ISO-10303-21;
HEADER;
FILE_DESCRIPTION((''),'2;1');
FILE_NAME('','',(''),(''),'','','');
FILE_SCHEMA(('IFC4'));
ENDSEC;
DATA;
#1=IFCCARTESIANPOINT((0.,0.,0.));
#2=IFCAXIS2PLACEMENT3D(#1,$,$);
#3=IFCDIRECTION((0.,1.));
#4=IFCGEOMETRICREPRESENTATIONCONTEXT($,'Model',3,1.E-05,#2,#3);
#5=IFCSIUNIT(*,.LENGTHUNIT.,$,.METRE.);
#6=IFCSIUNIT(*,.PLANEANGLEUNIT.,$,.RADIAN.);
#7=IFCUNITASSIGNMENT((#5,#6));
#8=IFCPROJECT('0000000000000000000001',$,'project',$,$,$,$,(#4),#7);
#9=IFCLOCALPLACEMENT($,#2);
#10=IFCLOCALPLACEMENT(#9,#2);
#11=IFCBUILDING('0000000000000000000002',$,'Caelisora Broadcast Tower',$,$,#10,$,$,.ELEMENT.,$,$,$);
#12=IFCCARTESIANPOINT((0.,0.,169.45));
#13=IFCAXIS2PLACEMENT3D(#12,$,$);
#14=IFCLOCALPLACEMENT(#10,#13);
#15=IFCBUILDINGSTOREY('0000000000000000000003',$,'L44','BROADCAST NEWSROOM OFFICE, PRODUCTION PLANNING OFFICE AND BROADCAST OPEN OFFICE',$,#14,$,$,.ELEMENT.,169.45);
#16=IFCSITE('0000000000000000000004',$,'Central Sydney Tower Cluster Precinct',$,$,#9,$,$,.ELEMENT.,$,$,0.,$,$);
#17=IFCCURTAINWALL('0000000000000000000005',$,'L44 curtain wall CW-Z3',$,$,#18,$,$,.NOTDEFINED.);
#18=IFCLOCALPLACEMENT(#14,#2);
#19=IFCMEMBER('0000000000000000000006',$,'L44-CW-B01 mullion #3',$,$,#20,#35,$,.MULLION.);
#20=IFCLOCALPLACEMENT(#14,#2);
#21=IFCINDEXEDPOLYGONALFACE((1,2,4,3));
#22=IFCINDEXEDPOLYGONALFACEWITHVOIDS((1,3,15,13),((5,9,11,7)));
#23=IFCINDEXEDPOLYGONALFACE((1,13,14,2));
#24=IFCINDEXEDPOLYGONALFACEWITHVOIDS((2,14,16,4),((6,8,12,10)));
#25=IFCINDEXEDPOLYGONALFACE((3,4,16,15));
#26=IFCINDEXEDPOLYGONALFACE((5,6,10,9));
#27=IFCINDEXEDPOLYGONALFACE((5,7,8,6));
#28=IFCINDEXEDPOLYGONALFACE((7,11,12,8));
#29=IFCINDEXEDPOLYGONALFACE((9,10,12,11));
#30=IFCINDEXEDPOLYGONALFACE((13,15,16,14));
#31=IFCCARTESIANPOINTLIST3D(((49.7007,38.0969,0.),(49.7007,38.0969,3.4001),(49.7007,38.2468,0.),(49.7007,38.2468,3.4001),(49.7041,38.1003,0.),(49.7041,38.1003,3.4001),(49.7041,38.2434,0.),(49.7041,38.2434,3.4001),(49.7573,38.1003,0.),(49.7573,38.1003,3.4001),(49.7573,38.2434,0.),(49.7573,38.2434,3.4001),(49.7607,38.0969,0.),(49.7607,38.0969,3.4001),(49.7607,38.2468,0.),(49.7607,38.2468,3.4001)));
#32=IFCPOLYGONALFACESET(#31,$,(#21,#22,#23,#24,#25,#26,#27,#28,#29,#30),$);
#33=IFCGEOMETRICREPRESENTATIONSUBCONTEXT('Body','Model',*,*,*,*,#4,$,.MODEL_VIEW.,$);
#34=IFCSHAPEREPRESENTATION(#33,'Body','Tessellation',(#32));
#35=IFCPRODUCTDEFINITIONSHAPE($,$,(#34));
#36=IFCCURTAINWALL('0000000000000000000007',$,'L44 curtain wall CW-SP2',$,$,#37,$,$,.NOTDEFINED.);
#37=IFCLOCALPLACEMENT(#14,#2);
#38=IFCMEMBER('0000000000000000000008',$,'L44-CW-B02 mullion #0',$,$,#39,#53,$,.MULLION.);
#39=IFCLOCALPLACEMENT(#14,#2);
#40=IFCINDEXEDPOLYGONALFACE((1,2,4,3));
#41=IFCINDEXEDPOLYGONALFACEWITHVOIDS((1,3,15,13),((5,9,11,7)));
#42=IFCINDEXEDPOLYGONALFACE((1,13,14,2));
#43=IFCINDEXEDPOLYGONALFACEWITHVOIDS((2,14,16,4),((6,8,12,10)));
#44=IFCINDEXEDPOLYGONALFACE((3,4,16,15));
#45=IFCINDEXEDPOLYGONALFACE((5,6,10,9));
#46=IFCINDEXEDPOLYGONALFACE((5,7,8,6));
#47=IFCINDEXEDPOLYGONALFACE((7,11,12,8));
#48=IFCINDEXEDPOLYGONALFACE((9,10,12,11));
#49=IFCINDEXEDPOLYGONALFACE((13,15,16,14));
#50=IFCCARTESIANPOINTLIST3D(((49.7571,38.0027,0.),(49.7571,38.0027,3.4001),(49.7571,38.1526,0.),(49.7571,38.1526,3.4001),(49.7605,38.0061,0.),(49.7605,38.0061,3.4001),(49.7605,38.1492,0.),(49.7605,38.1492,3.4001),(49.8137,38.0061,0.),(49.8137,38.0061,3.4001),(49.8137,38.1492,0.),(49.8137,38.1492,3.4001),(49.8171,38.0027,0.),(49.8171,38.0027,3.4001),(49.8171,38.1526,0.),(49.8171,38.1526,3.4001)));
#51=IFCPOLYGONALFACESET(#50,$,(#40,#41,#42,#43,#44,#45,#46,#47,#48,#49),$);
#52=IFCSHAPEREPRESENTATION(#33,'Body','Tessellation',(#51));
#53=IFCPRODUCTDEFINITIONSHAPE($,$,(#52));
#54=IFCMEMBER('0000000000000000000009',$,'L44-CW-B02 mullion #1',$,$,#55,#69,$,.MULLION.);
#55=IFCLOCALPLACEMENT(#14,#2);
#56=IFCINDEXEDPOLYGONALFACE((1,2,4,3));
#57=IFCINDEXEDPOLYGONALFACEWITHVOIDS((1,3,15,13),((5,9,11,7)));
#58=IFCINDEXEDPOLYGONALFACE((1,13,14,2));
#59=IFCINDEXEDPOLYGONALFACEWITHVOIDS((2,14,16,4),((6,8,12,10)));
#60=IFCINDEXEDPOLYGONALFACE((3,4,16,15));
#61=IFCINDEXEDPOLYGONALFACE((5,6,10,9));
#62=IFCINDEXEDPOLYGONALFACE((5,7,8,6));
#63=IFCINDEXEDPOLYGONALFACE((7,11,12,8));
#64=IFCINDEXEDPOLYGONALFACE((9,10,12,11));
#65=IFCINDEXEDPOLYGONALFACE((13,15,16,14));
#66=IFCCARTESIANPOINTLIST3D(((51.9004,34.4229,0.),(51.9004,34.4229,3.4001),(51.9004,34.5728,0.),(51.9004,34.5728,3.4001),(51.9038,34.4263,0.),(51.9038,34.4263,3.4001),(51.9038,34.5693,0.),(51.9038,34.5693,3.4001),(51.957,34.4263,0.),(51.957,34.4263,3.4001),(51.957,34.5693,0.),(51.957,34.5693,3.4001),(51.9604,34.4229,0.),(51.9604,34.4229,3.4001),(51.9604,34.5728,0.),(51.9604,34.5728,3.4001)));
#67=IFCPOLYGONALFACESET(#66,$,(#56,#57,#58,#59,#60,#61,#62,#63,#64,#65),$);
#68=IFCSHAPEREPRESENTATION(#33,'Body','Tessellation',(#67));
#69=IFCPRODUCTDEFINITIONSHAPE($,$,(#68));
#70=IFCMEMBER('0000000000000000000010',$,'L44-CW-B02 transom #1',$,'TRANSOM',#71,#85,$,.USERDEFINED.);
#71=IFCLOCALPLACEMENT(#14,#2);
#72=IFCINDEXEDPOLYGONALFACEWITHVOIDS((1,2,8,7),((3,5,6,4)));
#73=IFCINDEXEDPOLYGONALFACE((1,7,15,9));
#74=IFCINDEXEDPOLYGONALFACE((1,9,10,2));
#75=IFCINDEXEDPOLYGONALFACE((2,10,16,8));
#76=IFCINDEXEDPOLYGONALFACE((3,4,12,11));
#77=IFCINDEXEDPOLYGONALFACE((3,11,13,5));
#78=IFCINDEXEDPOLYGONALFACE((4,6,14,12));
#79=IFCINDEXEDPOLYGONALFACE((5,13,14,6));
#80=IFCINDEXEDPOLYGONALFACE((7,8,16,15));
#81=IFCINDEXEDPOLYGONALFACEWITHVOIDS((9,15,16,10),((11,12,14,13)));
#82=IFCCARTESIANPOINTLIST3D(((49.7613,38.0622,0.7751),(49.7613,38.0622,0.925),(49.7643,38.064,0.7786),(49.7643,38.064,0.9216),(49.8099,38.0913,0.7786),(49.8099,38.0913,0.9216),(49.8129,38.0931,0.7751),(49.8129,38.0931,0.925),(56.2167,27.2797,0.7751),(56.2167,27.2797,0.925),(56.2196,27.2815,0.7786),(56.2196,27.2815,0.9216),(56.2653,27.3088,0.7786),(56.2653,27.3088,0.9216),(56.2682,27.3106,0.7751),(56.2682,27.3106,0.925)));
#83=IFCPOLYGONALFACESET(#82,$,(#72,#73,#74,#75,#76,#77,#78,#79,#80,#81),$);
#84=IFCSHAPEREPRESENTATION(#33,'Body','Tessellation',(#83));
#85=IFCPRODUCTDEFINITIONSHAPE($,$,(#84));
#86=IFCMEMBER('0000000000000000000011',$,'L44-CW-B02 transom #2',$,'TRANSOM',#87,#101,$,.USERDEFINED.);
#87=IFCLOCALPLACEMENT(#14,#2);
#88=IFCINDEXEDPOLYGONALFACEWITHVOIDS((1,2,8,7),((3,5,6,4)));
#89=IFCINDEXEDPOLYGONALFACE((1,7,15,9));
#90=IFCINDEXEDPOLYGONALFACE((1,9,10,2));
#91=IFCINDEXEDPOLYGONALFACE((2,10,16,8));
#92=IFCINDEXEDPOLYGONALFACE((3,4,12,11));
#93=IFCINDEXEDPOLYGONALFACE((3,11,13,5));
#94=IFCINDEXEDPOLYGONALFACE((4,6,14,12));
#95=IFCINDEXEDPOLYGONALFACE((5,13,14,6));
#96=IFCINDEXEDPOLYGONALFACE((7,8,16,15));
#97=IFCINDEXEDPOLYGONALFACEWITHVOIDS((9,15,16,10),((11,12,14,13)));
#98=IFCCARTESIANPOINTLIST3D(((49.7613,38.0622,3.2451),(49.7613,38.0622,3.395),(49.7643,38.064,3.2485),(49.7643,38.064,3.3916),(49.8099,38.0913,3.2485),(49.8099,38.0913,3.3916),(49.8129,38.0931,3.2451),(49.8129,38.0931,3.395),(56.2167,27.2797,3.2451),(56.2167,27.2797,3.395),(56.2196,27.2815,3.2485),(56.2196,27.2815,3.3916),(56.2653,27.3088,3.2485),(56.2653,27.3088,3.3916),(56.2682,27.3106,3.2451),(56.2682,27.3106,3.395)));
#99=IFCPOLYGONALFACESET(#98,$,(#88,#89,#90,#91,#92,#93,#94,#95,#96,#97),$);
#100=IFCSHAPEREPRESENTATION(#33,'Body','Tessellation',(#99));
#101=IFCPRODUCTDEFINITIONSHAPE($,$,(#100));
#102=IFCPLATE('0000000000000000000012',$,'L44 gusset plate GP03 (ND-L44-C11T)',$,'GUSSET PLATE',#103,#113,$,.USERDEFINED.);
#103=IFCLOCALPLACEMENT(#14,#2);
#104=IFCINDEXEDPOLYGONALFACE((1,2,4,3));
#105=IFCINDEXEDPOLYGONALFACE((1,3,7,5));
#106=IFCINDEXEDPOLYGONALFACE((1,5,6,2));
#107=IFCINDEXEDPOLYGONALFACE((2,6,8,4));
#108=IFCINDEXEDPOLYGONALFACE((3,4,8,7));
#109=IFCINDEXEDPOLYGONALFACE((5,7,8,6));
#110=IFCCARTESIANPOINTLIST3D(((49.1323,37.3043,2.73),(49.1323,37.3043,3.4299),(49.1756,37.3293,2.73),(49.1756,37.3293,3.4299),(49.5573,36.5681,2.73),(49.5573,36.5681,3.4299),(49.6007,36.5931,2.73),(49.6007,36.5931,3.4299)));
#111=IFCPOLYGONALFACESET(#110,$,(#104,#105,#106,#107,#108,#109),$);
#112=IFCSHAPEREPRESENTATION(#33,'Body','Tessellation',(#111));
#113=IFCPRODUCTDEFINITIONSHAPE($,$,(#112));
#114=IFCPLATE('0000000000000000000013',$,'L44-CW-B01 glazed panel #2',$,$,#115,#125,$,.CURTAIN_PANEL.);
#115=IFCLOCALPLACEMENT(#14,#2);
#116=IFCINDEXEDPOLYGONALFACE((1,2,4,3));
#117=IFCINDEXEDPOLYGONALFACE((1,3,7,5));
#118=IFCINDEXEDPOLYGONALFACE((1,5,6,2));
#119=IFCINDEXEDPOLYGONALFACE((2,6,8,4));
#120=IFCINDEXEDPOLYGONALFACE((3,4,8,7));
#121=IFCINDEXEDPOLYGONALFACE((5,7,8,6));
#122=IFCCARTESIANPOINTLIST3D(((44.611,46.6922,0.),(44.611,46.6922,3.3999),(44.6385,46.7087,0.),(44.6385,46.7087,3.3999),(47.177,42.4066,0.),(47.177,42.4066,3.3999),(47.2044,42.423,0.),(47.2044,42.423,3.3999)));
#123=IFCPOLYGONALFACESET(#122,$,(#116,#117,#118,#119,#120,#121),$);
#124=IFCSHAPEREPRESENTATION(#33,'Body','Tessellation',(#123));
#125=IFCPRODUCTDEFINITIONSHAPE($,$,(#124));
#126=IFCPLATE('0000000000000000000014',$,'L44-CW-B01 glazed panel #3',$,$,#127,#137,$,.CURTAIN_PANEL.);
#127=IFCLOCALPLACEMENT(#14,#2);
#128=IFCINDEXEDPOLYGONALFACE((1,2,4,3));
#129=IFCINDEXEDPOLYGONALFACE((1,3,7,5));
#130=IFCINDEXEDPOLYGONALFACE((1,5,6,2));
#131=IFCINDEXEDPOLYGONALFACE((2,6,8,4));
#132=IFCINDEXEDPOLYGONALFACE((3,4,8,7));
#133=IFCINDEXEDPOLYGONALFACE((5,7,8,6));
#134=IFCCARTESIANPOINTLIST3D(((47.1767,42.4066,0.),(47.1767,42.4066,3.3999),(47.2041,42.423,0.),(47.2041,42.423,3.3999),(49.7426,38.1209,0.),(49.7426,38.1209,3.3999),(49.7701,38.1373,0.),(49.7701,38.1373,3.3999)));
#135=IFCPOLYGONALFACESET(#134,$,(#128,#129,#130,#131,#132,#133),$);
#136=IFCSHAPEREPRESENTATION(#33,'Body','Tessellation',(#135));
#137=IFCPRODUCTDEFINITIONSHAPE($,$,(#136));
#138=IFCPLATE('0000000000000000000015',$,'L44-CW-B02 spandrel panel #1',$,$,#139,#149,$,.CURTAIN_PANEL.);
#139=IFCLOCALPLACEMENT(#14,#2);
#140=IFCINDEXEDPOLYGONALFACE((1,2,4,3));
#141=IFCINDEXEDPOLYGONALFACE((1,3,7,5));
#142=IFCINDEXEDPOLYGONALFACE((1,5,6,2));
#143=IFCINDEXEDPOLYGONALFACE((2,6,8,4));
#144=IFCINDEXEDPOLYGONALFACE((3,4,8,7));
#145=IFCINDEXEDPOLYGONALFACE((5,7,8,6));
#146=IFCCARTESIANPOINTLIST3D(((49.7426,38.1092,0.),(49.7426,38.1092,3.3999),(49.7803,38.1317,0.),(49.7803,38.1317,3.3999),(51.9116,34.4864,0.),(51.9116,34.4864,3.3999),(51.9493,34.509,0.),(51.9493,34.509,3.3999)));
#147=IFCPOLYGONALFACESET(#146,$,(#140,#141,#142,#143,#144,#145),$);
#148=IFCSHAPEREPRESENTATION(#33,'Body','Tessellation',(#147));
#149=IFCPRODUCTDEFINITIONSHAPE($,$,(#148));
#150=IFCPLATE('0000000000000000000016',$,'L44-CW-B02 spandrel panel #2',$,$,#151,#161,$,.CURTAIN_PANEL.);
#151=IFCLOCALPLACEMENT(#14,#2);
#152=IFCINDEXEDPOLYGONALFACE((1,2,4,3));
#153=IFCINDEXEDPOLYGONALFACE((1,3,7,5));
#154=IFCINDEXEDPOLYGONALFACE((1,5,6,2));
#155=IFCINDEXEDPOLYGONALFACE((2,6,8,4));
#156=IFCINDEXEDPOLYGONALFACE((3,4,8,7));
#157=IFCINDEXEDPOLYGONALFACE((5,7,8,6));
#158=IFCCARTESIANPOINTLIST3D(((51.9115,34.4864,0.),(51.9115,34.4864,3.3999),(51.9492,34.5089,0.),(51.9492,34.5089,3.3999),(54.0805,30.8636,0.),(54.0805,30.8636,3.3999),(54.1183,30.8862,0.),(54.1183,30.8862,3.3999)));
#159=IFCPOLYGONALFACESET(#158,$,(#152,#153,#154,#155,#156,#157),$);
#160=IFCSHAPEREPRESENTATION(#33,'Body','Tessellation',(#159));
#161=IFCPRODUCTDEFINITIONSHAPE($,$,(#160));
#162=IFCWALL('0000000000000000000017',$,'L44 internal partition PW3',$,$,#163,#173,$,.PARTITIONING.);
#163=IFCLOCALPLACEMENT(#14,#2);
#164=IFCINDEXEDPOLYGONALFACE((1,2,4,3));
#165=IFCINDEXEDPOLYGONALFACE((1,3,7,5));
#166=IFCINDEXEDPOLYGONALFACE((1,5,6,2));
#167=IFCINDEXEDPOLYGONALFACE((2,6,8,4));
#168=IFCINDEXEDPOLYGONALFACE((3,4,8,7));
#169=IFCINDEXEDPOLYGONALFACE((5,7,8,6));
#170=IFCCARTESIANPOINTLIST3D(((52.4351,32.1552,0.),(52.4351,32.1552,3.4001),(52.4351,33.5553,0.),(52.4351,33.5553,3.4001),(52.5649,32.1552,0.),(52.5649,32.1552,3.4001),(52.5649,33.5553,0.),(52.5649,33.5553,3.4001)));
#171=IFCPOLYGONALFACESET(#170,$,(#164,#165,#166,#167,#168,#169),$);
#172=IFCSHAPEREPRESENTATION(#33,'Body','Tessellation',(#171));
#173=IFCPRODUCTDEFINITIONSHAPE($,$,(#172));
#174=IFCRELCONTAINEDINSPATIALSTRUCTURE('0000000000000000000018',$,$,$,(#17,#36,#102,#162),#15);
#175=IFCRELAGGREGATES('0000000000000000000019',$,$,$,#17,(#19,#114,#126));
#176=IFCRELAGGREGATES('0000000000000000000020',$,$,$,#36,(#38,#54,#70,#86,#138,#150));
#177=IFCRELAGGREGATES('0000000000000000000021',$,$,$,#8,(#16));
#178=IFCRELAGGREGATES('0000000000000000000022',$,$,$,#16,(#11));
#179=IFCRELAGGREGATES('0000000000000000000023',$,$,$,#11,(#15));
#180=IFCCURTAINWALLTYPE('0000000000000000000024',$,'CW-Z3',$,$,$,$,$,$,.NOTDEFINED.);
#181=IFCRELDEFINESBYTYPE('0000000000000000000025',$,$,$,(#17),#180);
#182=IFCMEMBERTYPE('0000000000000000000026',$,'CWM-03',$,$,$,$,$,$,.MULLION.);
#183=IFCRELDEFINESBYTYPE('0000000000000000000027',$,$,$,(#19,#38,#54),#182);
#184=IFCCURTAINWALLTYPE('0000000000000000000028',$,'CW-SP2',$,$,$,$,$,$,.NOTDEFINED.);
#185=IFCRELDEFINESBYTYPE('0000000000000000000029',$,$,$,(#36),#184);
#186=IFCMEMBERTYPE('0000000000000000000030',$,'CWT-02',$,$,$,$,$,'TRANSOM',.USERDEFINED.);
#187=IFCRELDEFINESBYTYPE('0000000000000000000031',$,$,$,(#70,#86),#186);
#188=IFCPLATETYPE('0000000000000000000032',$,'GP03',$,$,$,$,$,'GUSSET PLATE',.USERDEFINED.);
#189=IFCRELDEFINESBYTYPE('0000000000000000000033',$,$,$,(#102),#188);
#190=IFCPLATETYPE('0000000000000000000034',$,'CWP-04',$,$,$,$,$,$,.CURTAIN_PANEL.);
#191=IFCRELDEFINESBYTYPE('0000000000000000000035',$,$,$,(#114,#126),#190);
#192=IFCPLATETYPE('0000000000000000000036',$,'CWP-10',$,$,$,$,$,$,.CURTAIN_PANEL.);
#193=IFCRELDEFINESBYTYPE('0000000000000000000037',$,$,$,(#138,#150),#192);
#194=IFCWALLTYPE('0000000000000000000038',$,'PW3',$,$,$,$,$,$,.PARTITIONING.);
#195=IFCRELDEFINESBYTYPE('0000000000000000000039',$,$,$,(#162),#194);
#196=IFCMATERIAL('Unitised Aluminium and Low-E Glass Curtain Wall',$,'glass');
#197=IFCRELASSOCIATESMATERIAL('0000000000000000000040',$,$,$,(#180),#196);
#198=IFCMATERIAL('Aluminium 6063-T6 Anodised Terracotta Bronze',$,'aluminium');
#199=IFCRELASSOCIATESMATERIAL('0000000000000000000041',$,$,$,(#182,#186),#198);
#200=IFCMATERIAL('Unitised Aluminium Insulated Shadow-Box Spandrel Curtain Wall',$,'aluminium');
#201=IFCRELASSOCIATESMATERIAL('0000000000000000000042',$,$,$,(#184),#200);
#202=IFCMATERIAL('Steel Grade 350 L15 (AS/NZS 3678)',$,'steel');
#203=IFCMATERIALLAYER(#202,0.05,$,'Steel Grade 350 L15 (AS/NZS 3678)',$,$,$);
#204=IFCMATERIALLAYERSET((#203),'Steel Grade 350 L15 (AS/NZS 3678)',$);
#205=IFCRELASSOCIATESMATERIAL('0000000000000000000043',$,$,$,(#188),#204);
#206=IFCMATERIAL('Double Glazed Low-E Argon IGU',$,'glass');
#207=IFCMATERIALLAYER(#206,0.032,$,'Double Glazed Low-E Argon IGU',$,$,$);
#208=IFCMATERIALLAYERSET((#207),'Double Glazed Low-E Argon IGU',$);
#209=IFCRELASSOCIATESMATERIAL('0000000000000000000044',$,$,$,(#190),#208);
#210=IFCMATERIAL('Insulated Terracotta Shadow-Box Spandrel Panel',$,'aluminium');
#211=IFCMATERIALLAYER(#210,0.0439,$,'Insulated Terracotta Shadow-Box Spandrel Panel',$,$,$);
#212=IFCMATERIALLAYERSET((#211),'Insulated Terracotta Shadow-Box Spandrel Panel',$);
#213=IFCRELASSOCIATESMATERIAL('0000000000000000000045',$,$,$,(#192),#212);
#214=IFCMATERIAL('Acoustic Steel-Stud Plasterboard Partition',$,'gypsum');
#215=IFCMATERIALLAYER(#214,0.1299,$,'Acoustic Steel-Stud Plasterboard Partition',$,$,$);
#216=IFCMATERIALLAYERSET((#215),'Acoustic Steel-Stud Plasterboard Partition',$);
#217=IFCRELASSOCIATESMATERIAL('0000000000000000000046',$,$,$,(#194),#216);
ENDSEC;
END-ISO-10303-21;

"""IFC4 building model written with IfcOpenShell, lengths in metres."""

from ifc_helpers import new_model, si_unit, direction, frame, frame_2d, origin, origin_2d, place, context, subcontext, project, spatial, rectangle, hollow_rectangle, extrude, source, transform, mapped, material, layer, layer_set, material_profile, profile_set, type_object, type_shapes, element, aggregate, save


model = new_model("IFC4")

# Units and contexts
model_context = context("Model", 3, precision=1e-05, world=origin(), true_north=direction((0.0, 1.0)))
body_context = subcontext(model_context, "Body", "Model", "MODEL_VIEW")
ifc_project = project(units=[si_unit("LENGTHUNIT", "METRE"), si_unit("PLANEANGLEUNIT", "RADIAN")], contexts=[model_context])

# Site, building, storey
site_placement = place(None, origin())
site = spatial("IfcSite", under=ifc_project, at=site_placement, Name="Central Sydney Tower Cluster Precinct", CompositionType="ELEMENT", RefElevation=0.0)
building_placement = place(site_placement, origin())
building = spatial("IfcBuilding", under=site, at=building_placement, Name="Caelisora Broadcast Tower", CompositionType="ELEMENT")
storey_placement = place(building_placement, frame((0.0, 0.0, 169.45)))
storey = spatial("IfcBuildingStorey", under=building, at=storey_placement, Name="L44", Description="BROADCAST NEWSROOM OFFICE, PRODUCTION PLANNING OFFICE AND BROADCAST OPEN OFFICE", CompositionType="ELEMENT", Elevation=169.45)

# Shared definitions
ifc_material_1 = material(Name="Steel Grade 350 L15 (AS/NZS 3678)", Category="steel")

# Curtain walls, members
ifc_material_2 = material(Name="Unitised Aluminium and Low-E Glass Curtain Wall", Category="glass")
curtain_wall_type_1 = type_object("IfcCurtainWallType", Name="CW-Z3", PredefinedType="NOTDEFINED", material=ifc_material_2)
curtain_wall_1_placement = place(storey_placement, origin())
curtain_wall_1 = element("IfcCurtainWall", 1, at=curtain_wall_1_placement, inside=storey, type_object=curtain_wall_type_1, Name="L44 curtain wall CW-Z3", PredefinedType="NOTDEFINED")
ifc_material_3 = material(Name="Aluminium 6063-T6 Anodised Terracotta Bronze", Category="aluminium")
ifc_material_profile_1 = material_profile(ifc_material_3, hollow_rectangle(XDim=0.0601, YDim=0.1499, WallThickness=0.0034, at=origin_2d()), Name="Aluminium 6063-T6 Anodised Terracotta Bronze")
ifc_profile_set_1 = profile_set([ifc_material_profile_1], Name="Aluminium 6063-T6 Anodised Terracotta Bronze")
member_type_1 = type_object("IfcMemberType", Name="CWM-03", PredefinedType="MULLION", material=ifc_profile_set_1)
shared_shape_1 = source(origin(), body_context, "Body", "SweptSolid", [
    extrude(hollow_rectangle(XDim=0.0601, YDim=0.1499, WallThickness=0.0034, at=origin_2d()), origin(), (0.0, 0.0, 1.0), 3.4001),
])
type_shapes(member_type_1, [shared_shape_1])
member_1_placement = place(storey_placement, frame((49.7307, 38.1719, 0.0), z_axis=(0.0, 0.0, 1.0), x_axis=(1.0, 0.0, 0.0)))
member_1 = element("IfcMember", 2, at=member_1_placement, type_object=member_type_1, Name="L44-CW-B01 mullion #3", PredefinedType="MULLION", context=body_context, shape_type="MappedRepresentation", body=[
    mapped(shared_shape_1, transform((0.0, 0.0, 0.0), scale=1.0)),
])
ifc_material_4 = material(Name="Unitised Aluminium Insulated Shadow-Box Spandrel Curtain Wall", Category="aluminium")
curtain_wall_type_2 = type_object("IfcCurtainWallType", Name="CW-SP2", PredefinedType="NOTDEFINED", material=ifc_material_4)
curtain_wall_2_placement = place(storey_placement, origin())
curtain_wall_2 = element("IfcCurtainWall", 3, at=curtain_wall_2_placement, inside=storey, type_object=curtain_wall_type_2, Name="L44 curtain wall CW-SP2", PredefinedType="NOTDEFINED")
member_2_placement = place(storey_placement, frame((49.7871, 38.0776, 0.0), z_axis=(0.0, 0.0, 1.0), x_axis=(1.0, 0.0, 0.0)))
member_2 = element("IfcMember", 4, at=member_2_placement, type_object=member_type_1, Name="L44-CW-B02 mullion #0", PredefinedType="MULLION", context=body_context, shape_type="MappedRepresentation", body=[
    mapped(shared_shape_1, transform((0.0, 0.0, 0.0), scale=1.0)),
])
member_3_placement = place(storey_placement, frame((51.9304, 34.4978, 0.0), z_axis=(0.0, 0.0, 1.0), x_axis=(1.0, 0.0, 0.0)))
member_3 = element("IfcMember", 5, at=member_3_placement, type_object=member_type_1, Name="L44-CW-B02 mullion #1", PredefinedType="MULLION", context=body_context, shape_type="MappedRepresentation", body=[
    mapped(shared_shape_1, transform((0.0, 0.0, 0.0), scale=1.0)),
])
ifc_material_profile_2 = material_profile(ifc_material_3, hollow_rectangle(XDim=0.0601, YDim=0.1499, WallThickness=0.0034, at=origin_2d()), Name="Aluminium 6063-T6 Anodised Terracotta Bronze")
ifc_profile_set_2 = profile_set([ifc_material_profile_2], Name="Aluminium 6063-T6 Anodised Terracotta Bronze")
member_type_2 = type_object("IfcMemberType", Name="CWT-02", ElementType="TRANSOM", PredefinedType="USERDEFINED", material=ifc_profile_set_2)
shared_shape_2 = source(origin(), body_context, "Body", "SweptSolid", [
    extrude(hollow_rectangle(XDim=0.0601, YDim=0.1499, WallThickness=0.0034, at=origin_2d()), origin(), (0.0, 0.0, 1.0), 12.5671),
])
type_shapes(member_type_2, [shared_shape_2])
member_4_placement = place(storey_placement, frame((49.7871, 38.0776, 0.8501), z_axis=(0.513667, -0.85799, 0.0), x_axis=(0.85799, 0.513667, 0.0)))
member_4 = element("IfcMember", 6, at=member_4_placement, type_object=member_type_2, Name="L44-CW-B02 transom #1", ObjectType="TRANSOM", PredefinedType="USERDEFINED", context=body_context, shape_type="MappedRepresentation", body=[
    mapped(shared_shape_2, transform((0.0, 0.0, 0.0), scale=1.0)),
])
member_5_placement = place(storey_placement, frame((49.7871, 38.0776, 3.3201), z_axis=(0.513667, -0.85799, 0.0), x_axis=(0.85799, 0.513667, 0.0)))
member_5 = element("IfcMember", 7, at=member_5_placement, type_object=member_type_2, Name="L44-CW-B02 transom #2", ObjectType="TRANSOM", PredefinedType="USERDEFINED", context=body_context, shape_type="MappedRepresentation", body=[
    mapped(shared_shape_2, transform((0.0, 0.0, 0.0), scale=1.0)),
])

# Plates
ifc_layer_1 = layer(ifc_material_1, 0.05, Name="Steel Grade 350 L15 (AS/NZS 3678)")
ifc_layer_set_1 = layer_set([ifc_layer_1], Name="Steel Grade 350 L15 (AS/NZS 3678)")
plate_type_1 = type_object("IfcPlateType", Name="GP03", ElementType="GUSSET PLATE", PredefinedType="USERDEFINED", material=ifc_layer_set_1)
shared_shape_3 = source(origin(), body_context, "Body", "SweptSolid", [
    extrude(rectangle(XDim=0.8501, YDim=0.05, at=origin_2d()), origin(), (0.0, 0.0, 1.0), 0.7),
])
type_shapes(plate_type_1, [shared_shape_3])
plate_1_placement = place(storey_placement, frame((49.3665, 36.9487, 2.73), z_axis=(0.0, 0.0, 1.0), x_axis=(-0.5, 0.866025, 0.0)))
element("IfcPlate", 8, at=plate_1_placement, inside=storey, type_object=plate_type_1, Name="L44 gusset plate GP03 (ND-L44-C11T)", ObjectType="GUSSET PLATE", PredefinedType="USERDEFINED", context=body_context, shape_type="MappedRepresentation", body=[
    mapped(shared_shape_3, transform((0.0, 0.0, 0.0), scale=1.0)),
])
ifc_material_5 = material(Name="Double Glazed Low-E Argon IGU", Category="glass")
ifc_layer_2 = layer(ifc_material_5, 0.032, Name="Double Glazed Low-E Argon IGU")
ifc_layer_set_2 = layer_set([ifc_layer_2], Name="Double Glazed Low-E Argon IGU")
plate_type_2 = type_object("IfcPlateType", Name="CWP-04", PredefinedType="CURTAIN_PANEL", material=ifc_layer_set_2)
shared_shape_4 = source(origin(), body_context, "Body", "SweptSolid", [
    extrude(rectangle(XDim=4.9951, YDim=0.032, at=origin_2d()), origin(), (0.0, 0.0, 1.0), 3.3999),
])
type_shapes(plate_type_2, [shared_shape_4])
plate_2_placement = place(storey_placement, frame((45.9077, 44.5576, 0.0), z_axis=(0.0, 0.0, 1.0), x_axis=(0.513691, -0.857975, 0.0)))
plate_2 = element("IfcPlate", 9, at=plate_2_placement, type_object=plate_type_2, Name="L44-CW-B01 glazed panel #2", PredefinedType="CURTAIN_PANEL", context=body_context, shape_type="MappedRepresentation", body=[
    mapped(shared_shape_4, transform((0.0, 0.0, 0.0), scale=1.0)),
])
plate_3_placement = place(storey_placement, frame((48.4734, 40.272, 0.0), z_axis=(0.0, 0.0, 1.0), x_axis=(0.513691, -0.857975, 0.0)))
plate_3 = element("IfcPlate", 10, at=plate_3_placement, type_object=plate_type_2, Name="L44-CW-B01 glazed panel #3", PredefinedType="CURTAIN_PANEL", context=body_context, shape_type="MappedRepresentation", body=[
    mapped(shared_shape_4, transform((0.0, 0.0, 0.0), scale=1.0)),
])
aggregate(curtain_wall_1, [member_1, plate_2, plate_3])
ifc_material_6 = material(Name="Insulated Terracotta Shadow-Box Spandrel Panel", Category="aluminium")
ifc_layer_3 = layer(ifc_material_6, 0.0439, Name="Insulated Terracotta Shadow-Box Spandrel Panel")
ifc_layer_set_3 = layer_set([ifc_layer_3], Name="Insulated Terracotta Shadow-Box Spandrel Panel")
plate_type_3 = type_object("IfcPlateType", Name="CWP-10", PredefinedType="CURTAIN_PANEL", material=ifc_layer_set_3)
shared_shape_5 = source(origin(), body_context, "Body", "SweptSolid", [
    extrude(rectangle(XDim=4.2224, YDim=0.0439, at=origin_2d()), origin(), (0.0, 0.0, 1.0), 3.3999),
])
type_shapes(plate_type_3, [shared_shape_5])
plate_4_placement = place(storey_placement, frame((50.8459, 36.3091, 0.0), z_axis=(0.0, 0.0, 1.0), x_axis=(0.513691, -0.857975, 0.0)))
plate_4 = element("IfcPlate", 11, at=plate_4_placement, type_object=plate_type_3, Name="L44-CW-B02 spandrel panel #1", PredefinedType="CURTAIN_PANEL", context=body_context, shape_type="MappedRepresentation", body=[
    mapped(shared_shape_5, transform((0.0, 0.0, 0.0), scale=1.0)),
])
plate_5_placement = place(storey_placement, frame((53.0149, 32.6863, 0.0), z_axis=(0.0, 0.0, 1.0), x_axis=(0.513691, -0.857975, 0.0)))
plate_5 = element("IfcPlate", 12, at=plate_5_placement, type_object=plate_type_3, Name="L44-CW-B02 spandrel panel #2", PredefinedType="CURTAIN_PANEL", context=body_context, shape_type="MappedRepresentation", body=[
    mapped(shared_shape_5, transform((0.0, 0.0, 0.0), scale=1.0)),
])
aggregate(curtain_wall_2, [member_2, member_3, member_4, member_5, plate_4, plate_5])

# Wall
ifc_material_7 = material(Name="Acoustic Steel-Stud Plasterboard Partition", Category="gypsum")
ifc_layer_4 = layer(ifc_material_7, 0.1299, Name="Acoustic Steel-Stud Plasterboard Partition")
ifc_layer_set_4 = layer_set([ifc_layer_4], Name="Acoustic Steel-Stud Plasterboard Partition")
wall_type = type_object("IfcWallType", Name="PW3", PredefinedType="PARTITIONING", material=ifc_layer_set_4)
wall_placement = place(storey_placement, frame((52.5, 32.155, 0.0), z_axis=(0.0, 0.0, 1.0), x_axis=(0.0, 1.0, 0.0)))
element("IfcWall", 13, at=wall_placement, inside=storey, type_object=wall_type, Name="L44 internal partition PW3", PredefinedType="PARTITIONING", context=body_context, shape_type="SweptSolid", body=[
    extrude(rectangle(XDim=1.4001, YDim=0.1299, at=frame_2d((0.7002, 0.0))), origin(), (0.0, 0.0, 1.0), 3.4001),
])

save(model, "model.ifc")
